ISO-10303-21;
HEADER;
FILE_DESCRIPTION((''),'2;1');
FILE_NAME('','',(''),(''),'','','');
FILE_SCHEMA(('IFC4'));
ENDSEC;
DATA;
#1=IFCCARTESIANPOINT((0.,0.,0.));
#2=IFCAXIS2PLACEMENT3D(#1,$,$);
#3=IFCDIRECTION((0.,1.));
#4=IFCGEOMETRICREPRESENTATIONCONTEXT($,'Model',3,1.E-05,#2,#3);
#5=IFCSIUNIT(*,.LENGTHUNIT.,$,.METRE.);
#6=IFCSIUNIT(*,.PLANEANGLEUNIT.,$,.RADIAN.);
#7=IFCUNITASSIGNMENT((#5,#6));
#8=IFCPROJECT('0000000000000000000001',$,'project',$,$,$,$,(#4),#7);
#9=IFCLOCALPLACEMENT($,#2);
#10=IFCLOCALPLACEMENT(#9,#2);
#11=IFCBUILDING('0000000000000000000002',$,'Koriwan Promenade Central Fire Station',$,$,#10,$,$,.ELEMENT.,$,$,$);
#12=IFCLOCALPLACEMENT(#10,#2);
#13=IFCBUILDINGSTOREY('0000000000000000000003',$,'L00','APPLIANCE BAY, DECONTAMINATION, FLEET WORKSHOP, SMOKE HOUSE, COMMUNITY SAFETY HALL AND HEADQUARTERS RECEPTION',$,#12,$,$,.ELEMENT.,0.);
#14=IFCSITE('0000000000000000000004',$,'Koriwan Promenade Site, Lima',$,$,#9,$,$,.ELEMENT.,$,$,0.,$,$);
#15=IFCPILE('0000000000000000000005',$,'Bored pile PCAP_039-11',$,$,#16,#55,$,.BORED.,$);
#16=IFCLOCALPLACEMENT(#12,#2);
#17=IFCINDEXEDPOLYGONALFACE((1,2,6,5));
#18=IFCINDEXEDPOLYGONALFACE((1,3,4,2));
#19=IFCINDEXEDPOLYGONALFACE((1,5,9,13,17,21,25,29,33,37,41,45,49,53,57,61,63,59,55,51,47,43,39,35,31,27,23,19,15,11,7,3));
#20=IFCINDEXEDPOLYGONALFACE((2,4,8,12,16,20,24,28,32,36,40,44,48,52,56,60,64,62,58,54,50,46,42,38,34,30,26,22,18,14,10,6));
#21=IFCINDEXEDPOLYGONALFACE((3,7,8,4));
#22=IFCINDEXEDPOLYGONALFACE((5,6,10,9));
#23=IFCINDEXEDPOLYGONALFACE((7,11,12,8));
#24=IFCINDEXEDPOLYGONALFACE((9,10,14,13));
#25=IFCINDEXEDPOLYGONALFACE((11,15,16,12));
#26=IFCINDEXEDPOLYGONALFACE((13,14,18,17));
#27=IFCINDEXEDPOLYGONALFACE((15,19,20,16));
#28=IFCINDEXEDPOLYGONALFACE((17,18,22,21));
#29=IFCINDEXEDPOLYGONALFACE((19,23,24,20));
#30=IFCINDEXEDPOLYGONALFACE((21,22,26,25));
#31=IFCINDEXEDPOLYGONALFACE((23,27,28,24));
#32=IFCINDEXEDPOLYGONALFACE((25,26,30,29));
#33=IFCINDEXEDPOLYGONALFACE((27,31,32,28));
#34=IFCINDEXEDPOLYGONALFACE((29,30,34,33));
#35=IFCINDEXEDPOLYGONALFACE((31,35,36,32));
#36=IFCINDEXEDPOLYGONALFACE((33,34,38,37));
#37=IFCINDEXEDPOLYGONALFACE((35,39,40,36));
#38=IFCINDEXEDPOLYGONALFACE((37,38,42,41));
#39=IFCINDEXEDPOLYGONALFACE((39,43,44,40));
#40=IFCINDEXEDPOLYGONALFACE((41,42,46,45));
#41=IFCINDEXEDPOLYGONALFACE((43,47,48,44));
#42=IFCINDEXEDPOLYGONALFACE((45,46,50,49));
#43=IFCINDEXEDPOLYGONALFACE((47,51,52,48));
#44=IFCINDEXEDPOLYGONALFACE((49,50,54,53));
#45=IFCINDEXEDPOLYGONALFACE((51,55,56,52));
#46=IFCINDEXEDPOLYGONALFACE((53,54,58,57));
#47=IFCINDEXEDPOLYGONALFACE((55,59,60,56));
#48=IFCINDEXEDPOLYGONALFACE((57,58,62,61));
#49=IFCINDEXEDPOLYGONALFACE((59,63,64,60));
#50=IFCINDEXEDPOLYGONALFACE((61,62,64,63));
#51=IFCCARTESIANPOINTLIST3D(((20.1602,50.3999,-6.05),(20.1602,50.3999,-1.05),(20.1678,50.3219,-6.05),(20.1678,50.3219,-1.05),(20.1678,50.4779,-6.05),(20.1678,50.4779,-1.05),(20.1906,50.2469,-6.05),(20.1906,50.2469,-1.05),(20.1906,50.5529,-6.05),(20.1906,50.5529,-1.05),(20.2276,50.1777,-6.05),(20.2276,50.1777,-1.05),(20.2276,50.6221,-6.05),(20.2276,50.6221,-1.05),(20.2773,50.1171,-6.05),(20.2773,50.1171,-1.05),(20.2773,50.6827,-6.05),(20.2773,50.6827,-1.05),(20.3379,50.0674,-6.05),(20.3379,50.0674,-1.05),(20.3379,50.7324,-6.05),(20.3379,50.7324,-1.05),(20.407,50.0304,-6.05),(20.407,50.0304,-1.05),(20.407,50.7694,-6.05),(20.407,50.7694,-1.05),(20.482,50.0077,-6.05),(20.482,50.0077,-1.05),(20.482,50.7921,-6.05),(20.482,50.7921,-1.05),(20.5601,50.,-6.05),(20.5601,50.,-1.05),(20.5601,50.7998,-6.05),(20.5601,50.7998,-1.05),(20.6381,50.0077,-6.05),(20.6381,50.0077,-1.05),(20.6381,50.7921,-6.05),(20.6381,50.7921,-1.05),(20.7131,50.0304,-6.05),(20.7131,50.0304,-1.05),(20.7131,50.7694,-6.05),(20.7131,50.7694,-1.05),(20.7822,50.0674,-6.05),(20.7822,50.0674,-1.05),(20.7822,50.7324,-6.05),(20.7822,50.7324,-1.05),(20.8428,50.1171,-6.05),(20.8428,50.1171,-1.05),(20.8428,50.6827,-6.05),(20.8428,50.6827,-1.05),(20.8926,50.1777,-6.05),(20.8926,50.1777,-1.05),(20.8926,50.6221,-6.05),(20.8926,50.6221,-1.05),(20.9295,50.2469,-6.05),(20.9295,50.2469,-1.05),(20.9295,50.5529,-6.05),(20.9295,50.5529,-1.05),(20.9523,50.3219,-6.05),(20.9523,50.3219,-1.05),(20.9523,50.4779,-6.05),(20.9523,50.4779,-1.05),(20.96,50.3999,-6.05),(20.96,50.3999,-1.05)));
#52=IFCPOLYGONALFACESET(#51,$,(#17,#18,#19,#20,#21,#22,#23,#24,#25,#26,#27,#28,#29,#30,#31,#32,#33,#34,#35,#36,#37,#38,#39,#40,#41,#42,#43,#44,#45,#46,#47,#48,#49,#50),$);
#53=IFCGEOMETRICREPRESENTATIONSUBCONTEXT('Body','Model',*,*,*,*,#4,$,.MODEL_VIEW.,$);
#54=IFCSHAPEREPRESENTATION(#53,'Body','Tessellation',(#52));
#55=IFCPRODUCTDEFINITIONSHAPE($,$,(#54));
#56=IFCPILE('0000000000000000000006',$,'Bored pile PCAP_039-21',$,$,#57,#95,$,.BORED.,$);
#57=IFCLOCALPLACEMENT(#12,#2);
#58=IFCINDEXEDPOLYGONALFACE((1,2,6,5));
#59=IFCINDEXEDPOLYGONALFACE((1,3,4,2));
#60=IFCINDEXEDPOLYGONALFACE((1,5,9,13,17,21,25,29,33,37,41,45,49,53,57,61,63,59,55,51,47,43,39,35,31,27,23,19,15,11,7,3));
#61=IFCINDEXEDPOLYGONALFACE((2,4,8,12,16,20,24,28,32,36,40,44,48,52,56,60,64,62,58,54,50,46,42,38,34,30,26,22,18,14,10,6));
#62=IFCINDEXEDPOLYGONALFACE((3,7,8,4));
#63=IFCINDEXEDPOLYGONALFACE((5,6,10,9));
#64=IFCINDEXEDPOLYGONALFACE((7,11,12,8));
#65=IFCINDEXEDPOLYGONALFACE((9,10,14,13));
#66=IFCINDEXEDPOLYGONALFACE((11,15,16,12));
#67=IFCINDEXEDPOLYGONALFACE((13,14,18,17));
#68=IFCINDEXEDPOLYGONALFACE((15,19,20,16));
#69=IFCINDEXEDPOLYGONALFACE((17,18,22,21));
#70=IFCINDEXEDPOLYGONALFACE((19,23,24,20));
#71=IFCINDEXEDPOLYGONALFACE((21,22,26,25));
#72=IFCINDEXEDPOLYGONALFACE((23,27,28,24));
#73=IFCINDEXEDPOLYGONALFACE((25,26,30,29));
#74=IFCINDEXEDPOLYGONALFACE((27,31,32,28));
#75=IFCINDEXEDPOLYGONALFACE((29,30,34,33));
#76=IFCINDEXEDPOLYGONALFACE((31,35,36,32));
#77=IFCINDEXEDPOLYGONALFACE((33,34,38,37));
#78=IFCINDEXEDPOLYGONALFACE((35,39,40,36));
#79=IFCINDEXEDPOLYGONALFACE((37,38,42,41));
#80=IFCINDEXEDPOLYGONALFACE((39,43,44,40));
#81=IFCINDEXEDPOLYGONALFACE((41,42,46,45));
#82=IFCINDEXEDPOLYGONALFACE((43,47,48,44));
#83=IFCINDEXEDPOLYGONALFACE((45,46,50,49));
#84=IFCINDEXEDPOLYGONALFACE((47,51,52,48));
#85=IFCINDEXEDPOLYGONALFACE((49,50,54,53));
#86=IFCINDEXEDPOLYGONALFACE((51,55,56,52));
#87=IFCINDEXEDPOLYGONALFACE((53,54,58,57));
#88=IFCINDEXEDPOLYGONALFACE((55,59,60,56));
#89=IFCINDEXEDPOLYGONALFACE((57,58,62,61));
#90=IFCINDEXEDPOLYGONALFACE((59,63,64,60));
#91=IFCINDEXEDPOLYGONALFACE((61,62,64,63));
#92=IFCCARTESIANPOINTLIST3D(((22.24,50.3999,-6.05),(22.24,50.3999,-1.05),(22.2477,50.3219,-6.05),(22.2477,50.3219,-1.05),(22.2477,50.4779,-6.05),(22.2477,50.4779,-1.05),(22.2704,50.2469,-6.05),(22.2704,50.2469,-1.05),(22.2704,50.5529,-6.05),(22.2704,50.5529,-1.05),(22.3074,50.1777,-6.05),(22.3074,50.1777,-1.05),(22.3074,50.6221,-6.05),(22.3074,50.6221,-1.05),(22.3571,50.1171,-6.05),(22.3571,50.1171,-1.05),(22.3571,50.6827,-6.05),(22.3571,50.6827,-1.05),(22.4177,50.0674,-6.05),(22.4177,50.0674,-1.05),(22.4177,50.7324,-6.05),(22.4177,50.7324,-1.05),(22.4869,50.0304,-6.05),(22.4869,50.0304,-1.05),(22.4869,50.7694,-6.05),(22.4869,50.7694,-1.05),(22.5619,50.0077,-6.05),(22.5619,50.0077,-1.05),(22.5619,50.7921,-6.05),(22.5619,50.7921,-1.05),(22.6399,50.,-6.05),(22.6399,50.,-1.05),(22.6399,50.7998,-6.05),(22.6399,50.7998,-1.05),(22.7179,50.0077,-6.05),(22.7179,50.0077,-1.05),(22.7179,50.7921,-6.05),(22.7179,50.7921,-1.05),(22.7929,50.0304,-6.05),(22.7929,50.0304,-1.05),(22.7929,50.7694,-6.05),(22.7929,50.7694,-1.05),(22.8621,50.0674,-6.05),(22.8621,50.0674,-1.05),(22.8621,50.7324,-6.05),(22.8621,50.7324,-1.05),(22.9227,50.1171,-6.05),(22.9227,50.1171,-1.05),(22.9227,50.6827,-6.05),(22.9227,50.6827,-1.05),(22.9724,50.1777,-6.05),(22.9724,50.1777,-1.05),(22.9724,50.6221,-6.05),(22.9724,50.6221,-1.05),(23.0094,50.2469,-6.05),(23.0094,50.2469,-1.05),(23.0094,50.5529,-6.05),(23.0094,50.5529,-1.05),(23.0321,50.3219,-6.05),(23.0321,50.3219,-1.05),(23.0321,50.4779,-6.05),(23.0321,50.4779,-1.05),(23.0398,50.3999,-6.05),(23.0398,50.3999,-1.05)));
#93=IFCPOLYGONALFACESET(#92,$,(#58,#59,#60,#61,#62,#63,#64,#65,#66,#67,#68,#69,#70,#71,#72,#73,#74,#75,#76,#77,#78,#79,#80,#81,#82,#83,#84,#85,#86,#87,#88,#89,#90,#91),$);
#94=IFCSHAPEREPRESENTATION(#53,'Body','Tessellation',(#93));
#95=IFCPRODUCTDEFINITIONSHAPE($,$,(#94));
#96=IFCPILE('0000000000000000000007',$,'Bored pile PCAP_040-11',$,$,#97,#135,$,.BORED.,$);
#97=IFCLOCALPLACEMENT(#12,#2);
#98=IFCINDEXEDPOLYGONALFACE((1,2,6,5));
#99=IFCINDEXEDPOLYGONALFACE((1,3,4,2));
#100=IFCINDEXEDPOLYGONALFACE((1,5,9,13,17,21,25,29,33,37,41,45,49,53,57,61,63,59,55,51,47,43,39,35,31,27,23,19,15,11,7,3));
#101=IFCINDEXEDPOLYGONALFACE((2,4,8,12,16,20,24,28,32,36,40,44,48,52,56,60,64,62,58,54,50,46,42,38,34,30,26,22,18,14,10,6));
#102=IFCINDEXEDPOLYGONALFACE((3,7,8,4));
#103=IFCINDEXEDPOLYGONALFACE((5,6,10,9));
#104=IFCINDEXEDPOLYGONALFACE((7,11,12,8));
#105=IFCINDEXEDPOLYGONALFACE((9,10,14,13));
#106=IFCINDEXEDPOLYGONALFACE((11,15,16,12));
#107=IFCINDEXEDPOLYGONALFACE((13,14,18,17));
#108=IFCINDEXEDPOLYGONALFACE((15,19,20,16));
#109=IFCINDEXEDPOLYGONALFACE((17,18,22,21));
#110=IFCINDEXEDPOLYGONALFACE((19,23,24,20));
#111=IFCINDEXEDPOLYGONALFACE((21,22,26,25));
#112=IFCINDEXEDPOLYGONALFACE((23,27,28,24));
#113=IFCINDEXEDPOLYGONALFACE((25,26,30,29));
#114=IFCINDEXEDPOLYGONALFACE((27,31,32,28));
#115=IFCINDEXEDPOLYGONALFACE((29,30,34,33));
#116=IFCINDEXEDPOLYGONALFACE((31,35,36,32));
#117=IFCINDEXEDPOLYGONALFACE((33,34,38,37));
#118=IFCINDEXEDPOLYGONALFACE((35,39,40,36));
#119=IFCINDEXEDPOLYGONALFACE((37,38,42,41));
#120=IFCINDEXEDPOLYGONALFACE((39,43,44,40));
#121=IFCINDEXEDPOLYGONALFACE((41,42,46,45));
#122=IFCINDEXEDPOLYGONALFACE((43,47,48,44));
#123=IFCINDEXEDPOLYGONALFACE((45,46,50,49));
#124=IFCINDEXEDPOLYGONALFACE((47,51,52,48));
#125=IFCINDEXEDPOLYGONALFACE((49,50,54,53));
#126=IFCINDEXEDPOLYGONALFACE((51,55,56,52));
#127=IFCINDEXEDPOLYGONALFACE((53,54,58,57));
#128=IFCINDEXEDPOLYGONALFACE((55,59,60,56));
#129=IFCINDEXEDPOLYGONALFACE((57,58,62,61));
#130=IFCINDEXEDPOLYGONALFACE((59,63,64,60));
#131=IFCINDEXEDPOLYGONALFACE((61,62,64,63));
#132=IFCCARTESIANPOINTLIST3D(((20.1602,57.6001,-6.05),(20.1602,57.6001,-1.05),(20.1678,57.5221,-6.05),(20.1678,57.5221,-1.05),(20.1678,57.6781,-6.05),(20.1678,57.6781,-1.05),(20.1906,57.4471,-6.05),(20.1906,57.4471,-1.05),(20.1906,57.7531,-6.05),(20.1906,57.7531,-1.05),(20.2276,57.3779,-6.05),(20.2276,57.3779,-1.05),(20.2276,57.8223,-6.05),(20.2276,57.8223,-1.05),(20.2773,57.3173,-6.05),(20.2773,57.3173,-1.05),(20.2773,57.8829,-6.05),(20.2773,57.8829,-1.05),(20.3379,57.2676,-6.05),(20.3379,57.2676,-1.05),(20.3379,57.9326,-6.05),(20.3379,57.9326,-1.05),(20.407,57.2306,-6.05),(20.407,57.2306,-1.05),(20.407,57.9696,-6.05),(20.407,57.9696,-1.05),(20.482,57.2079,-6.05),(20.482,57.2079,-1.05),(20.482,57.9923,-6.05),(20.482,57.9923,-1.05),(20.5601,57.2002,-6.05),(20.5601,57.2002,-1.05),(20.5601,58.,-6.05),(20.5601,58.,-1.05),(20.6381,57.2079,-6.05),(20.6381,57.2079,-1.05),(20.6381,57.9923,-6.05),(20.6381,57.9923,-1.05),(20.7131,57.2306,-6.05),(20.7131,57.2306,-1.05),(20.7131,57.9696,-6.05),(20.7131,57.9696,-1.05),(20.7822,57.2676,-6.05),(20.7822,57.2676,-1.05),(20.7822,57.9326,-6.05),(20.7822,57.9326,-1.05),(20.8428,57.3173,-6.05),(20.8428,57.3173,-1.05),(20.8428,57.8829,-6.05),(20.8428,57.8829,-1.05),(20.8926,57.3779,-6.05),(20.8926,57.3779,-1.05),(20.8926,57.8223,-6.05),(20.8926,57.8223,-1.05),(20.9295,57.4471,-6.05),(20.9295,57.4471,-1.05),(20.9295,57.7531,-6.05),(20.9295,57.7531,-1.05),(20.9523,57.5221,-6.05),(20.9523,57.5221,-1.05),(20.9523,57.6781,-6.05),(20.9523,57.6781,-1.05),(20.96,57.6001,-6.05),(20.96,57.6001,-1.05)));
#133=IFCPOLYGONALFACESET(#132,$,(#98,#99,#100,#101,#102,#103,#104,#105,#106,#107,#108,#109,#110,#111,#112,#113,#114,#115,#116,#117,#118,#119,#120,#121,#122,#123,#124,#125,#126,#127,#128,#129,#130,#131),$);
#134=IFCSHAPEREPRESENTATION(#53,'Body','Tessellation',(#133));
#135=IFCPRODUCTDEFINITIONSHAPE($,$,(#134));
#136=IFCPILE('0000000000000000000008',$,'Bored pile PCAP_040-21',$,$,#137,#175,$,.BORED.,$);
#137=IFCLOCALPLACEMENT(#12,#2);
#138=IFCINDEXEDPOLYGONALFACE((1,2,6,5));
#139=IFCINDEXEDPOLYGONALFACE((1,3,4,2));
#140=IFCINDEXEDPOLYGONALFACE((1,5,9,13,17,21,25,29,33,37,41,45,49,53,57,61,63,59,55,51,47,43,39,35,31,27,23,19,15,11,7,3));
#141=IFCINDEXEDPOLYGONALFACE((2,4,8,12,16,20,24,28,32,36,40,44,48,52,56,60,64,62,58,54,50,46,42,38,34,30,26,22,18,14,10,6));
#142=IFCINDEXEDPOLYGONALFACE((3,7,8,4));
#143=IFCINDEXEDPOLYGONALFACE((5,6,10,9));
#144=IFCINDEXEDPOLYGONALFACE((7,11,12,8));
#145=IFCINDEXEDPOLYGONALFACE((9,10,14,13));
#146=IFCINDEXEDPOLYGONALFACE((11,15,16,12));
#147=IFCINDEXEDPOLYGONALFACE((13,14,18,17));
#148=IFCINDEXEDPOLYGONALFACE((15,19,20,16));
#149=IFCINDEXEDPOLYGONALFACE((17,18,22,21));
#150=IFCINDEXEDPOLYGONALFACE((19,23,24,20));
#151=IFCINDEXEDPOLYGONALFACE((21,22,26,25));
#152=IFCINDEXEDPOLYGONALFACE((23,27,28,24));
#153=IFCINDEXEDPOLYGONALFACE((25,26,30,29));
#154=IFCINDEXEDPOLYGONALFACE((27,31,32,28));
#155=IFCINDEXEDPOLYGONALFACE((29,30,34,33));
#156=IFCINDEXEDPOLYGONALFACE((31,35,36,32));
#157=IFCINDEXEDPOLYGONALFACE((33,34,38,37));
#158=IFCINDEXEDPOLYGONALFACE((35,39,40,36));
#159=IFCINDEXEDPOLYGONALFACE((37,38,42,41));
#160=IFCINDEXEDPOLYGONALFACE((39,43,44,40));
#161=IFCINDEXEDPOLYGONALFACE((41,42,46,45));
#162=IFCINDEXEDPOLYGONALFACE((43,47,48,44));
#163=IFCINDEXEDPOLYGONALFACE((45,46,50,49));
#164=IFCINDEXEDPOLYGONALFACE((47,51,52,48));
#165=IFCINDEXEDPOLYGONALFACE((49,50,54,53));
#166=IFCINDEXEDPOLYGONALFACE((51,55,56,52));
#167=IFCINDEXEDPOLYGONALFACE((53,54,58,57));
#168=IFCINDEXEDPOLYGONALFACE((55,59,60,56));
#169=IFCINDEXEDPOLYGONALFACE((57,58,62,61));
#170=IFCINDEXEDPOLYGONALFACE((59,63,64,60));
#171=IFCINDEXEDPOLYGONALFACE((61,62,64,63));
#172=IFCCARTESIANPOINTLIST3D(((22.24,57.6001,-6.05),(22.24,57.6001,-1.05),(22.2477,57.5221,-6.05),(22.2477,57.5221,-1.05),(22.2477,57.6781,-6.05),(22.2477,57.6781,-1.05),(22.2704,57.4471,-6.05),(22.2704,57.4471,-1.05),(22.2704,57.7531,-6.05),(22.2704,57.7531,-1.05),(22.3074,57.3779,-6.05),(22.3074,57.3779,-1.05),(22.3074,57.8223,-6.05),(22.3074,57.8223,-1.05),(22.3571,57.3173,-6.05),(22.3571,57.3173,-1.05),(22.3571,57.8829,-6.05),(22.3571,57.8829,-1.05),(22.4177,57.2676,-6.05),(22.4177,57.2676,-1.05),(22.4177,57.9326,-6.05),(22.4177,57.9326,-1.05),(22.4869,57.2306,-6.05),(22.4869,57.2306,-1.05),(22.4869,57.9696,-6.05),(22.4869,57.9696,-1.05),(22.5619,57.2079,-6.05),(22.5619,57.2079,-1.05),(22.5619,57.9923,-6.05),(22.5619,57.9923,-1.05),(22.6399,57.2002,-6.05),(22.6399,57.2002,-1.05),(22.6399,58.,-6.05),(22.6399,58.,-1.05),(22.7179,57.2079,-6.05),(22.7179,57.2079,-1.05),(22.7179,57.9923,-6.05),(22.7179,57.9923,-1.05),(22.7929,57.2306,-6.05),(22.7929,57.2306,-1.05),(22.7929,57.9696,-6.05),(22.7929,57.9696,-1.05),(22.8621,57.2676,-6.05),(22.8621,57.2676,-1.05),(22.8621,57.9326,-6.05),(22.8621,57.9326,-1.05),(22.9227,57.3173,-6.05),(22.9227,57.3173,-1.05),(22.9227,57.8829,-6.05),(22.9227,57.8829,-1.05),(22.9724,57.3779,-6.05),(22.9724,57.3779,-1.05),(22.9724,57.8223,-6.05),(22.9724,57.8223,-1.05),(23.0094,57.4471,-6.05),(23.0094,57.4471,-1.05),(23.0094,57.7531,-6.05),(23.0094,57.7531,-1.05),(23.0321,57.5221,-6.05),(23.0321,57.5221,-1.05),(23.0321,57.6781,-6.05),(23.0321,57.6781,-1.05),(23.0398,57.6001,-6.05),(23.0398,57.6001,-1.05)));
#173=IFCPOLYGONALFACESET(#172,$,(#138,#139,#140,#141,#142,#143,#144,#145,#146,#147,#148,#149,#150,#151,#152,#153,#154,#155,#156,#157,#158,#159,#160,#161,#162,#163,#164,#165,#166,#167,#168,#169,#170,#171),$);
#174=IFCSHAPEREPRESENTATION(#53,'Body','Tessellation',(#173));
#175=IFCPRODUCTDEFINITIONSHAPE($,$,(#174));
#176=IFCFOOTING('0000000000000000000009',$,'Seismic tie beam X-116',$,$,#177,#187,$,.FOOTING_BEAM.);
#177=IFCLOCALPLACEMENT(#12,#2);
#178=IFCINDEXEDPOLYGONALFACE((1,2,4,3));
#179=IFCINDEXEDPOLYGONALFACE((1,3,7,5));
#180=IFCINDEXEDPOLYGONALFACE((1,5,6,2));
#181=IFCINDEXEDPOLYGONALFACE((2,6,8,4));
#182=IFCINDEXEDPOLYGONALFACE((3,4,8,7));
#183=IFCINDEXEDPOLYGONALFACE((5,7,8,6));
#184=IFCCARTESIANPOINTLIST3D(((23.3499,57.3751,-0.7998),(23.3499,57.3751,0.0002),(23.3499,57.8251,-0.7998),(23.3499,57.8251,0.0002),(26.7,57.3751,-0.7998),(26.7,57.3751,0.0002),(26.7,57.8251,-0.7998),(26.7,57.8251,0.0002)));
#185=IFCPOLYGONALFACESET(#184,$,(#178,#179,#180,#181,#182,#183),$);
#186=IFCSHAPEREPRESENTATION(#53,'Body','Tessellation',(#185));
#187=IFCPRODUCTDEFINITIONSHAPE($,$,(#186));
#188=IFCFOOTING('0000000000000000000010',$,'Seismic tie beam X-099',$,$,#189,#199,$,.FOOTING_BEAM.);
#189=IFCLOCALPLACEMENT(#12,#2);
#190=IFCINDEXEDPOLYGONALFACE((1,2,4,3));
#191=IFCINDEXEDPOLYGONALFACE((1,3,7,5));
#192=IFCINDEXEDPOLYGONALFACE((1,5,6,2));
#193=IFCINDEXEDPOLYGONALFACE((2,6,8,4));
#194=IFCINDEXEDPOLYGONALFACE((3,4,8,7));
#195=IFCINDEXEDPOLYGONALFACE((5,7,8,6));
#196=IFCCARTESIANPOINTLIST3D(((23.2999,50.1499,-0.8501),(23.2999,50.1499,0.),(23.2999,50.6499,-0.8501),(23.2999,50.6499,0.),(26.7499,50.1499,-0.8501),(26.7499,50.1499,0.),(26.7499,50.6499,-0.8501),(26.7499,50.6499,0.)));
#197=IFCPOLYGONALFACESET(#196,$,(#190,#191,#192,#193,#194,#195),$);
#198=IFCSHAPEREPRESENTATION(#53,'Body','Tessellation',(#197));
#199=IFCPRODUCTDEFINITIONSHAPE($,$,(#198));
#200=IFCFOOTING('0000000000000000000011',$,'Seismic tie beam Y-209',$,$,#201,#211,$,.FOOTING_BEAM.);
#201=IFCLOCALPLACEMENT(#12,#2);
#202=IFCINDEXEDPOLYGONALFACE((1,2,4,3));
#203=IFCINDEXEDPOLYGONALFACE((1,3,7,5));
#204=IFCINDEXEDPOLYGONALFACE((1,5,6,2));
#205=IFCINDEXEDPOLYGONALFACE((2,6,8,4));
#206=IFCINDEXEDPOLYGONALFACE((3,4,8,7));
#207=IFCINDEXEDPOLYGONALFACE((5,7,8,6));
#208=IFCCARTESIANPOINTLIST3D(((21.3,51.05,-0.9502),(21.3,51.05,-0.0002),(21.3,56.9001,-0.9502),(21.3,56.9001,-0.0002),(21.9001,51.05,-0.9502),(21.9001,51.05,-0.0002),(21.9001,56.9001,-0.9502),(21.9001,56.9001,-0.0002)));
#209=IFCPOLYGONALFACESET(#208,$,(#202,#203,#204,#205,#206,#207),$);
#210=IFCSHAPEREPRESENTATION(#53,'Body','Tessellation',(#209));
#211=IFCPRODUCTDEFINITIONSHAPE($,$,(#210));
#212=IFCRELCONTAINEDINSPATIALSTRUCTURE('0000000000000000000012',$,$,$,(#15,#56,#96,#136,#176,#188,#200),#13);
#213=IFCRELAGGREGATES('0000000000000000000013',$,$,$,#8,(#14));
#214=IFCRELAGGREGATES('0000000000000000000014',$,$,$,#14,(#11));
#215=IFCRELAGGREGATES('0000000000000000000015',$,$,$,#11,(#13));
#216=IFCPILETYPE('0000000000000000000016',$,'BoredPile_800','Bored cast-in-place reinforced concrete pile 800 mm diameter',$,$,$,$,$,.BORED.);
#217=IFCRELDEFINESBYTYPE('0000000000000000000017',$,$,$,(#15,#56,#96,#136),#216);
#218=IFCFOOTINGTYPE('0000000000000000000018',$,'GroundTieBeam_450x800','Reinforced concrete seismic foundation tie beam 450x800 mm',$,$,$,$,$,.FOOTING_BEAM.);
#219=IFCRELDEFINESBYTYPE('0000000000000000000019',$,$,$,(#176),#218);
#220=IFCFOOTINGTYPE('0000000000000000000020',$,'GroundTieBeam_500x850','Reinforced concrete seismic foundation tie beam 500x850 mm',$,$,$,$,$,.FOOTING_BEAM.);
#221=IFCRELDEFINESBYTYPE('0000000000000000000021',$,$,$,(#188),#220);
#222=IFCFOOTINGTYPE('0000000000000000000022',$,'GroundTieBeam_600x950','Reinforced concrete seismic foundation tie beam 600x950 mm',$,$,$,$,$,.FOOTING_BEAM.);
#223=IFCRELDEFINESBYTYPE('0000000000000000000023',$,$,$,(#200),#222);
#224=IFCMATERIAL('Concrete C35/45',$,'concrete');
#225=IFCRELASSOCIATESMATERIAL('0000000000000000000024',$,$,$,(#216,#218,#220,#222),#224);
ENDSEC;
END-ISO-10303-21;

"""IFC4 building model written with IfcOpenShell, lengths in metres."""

from ifc_helpers import new_model, si_unit, direction, frame, origin, origin_2d, place, context, subcontext, project, spatial, rectangle, circle, extrude, material, material_profile, profile_set, type_object, element, save


model = new_model("IFC4")

# Units and contexts
model_context = context("Model", 3, precision=1e-05, world=origin(), true_north=direction((0.0, 1.0)))
body_context = subcontext(model_context, "Body", "Model", "MODEL_VIEW")
ifc_project = project(units=[si_unit("LENGTHUNIT", "METRE"), si_unit("PLANEANGLEUNIT", "RADIAN")], contexts=[model_context])

# Site, building, storey
site_placement = place(None, origin())
site = spatial("IfcSite", under=ifc_project, at=site_placement, Name="Koriwan Promenade Site, Lima", CompositionType="ELEMENT", RefElevation=0.0)
building_placement = place(site_placement, origin())
building = spatial("IfcBuilding", under=site, at=building_placement, Name="Koriwan Promenade Central Fire Station", CompositionType="ELEMENT")
storey_placement = place(building_placement, origin())
storey = spatial("IfcBuildingStorey", under=building, at=storey_placement, Name="L00", Description="APPLIANCE BAY, DECONTAMINATION, FLEET WORKSHOP, SMOKE HOUSE, COMMUNITY SAFETY HALL AND HEADQUARTERS RECEPTION", CompositionType="ELEMENT", Elevation=0.0)

# Piles
ifc_material_1 = material(Name="Concrete C35/45", Category="concrete")
ifc_material_profile_1 = material_profile(ifc_material_1, circle(Radius=0.3999, at=origin_2d()), Name="PILE-D800")
ifc_profile_set_1 = profile_set([ifc_material_profile_1], Name="Concrete C35/45")
pile_type = type_object("IfcPileType", Name="BoredPile_800", Description="Bored cast-in-place reinforced concrete pile 800 mm diameter", PredefinedType="BORED", material=ifc_profile_set_1)
for number, where, z_axis, x_axis, name in (
    (1, (20.5601, 50.3999, -1.05), (0.0, 0.0, -1.0), (1.0, 0.0, 0.0), "Bored pile PCAP_039-11"),
    (2, (22.6399, 50.3999, -1.05), (0.0, 0.0, -1.0), (1.0, 0.0, 0.0), "Bored pile PCAP_039-21"),
    (3, (20.5601, 57.6001, -1.05), (0.0, 0.0, -1.0), (1.0, 0.0, 0.0), "Bored pile PCAP_040-11"),
    (4, (22.6399, 57.6001, -1.05), (0.0, 0.0, -1.0), (1.0, 0.0, 0.0), "Bored pile PCAP_040-21"),
):
    element("IfcPile", number, at=place(storey_placement, frame(where, z_axis=z_axis, x_axis=x_axis)), inside=storey, type_object=pile_type, Name=name, PredefinedType="BORED", context=body_context, shape_type="SweptSolid", body=[
        extrude(circle(Radius=0.3999, at=origin_2d()), origin(), (0.0, 0.0, 1.0), 5.0),
    ])

# Footings
footing_type_1 = type_object("IfcFootingType", Name="GroundTieBeam_450x800", Description="Reinforced concrete seismic foundation tie beam 450x800 mm", PredefinedType="FOOTING_BEAM", material=ifc_material_1)
footing_1_placement = place(storey_placement, frame((25.0249, 57.6001, -0.7998), z_axis=(0.0, 0.0, 1.0), x_axis=(1.0, 0.0, 0.0)))
element("IfcFooting", 5, at=footing_1_placement, inside=storey, type_object=footing_type_1, Name="Seismic tie beam X-116", PredefinedType="FOOTING_BEAM", context=body_context, shape_type="SweptSolid", body=[
    extrude(rectangle(XDim=3.3501, YDim=0.45, at=origin_2d()), origin(), (0.0, 0.0, 1.0), 0.8),
])
footing_type_2 = type_object("IfcFootingType", Name="GroundTieBeam_500x850", Description="Reinforced concrete seismic foundation tie beam 500x850 mm", PredefinedType="FOOTING_BEAM", material=ifc_material_1)
footing_2_placement = place(storey_placement, frame((25.0249, 50.3999, -0.8501), z_axis=(0.0, 0.0, 1.0), x_axis=(1.0, 0.0, 0.0)))
element("IfcFooting", 6, at=footing_2_placement, inside=storey, type_object=footing_type_2, Name="Seismic tie beam X-099", PredefinedType="FOOTING_BEAM", context=body_context, shape_type="SweptSolid", body=[
    extrude(rectangle(XDim=3.45, YDim=0.5, at=origin_2d()), origin(), (0.0, 0.0, 1.0), 0.8501),
])
footing_type_3 = type_object("IfcFootingType", Name="GroundTieBeam_600x950", Description="Reinforced concrete seismic foundation tie beam 600x950 mm", PredefinedType="FOOTING_BEAM", material=ifc_material_1)
footing_3_placement = place(storey_placement, frame((21.6001, 53.9751, -0.9502), z_axis=(0.0, 0.0, 1.0), x_axis=(0.0, 1.0, 0.0)))
element("IfcFooting", 7, at=footing_3_placement, inside=storey, type_object=footing_type_3, Name="Seismic tie beam Y-209", PredefinedType="FOOTING_BEAM", context=body_context, shape_type="SweptSolid", body=[
    extrude(rectangle(XDim=5.8501, YDim=0.6001, at=origin_2d()), origin(), (0.0, 0.0, 1.0), 0.95),
])

save(model, "model.ifc")
